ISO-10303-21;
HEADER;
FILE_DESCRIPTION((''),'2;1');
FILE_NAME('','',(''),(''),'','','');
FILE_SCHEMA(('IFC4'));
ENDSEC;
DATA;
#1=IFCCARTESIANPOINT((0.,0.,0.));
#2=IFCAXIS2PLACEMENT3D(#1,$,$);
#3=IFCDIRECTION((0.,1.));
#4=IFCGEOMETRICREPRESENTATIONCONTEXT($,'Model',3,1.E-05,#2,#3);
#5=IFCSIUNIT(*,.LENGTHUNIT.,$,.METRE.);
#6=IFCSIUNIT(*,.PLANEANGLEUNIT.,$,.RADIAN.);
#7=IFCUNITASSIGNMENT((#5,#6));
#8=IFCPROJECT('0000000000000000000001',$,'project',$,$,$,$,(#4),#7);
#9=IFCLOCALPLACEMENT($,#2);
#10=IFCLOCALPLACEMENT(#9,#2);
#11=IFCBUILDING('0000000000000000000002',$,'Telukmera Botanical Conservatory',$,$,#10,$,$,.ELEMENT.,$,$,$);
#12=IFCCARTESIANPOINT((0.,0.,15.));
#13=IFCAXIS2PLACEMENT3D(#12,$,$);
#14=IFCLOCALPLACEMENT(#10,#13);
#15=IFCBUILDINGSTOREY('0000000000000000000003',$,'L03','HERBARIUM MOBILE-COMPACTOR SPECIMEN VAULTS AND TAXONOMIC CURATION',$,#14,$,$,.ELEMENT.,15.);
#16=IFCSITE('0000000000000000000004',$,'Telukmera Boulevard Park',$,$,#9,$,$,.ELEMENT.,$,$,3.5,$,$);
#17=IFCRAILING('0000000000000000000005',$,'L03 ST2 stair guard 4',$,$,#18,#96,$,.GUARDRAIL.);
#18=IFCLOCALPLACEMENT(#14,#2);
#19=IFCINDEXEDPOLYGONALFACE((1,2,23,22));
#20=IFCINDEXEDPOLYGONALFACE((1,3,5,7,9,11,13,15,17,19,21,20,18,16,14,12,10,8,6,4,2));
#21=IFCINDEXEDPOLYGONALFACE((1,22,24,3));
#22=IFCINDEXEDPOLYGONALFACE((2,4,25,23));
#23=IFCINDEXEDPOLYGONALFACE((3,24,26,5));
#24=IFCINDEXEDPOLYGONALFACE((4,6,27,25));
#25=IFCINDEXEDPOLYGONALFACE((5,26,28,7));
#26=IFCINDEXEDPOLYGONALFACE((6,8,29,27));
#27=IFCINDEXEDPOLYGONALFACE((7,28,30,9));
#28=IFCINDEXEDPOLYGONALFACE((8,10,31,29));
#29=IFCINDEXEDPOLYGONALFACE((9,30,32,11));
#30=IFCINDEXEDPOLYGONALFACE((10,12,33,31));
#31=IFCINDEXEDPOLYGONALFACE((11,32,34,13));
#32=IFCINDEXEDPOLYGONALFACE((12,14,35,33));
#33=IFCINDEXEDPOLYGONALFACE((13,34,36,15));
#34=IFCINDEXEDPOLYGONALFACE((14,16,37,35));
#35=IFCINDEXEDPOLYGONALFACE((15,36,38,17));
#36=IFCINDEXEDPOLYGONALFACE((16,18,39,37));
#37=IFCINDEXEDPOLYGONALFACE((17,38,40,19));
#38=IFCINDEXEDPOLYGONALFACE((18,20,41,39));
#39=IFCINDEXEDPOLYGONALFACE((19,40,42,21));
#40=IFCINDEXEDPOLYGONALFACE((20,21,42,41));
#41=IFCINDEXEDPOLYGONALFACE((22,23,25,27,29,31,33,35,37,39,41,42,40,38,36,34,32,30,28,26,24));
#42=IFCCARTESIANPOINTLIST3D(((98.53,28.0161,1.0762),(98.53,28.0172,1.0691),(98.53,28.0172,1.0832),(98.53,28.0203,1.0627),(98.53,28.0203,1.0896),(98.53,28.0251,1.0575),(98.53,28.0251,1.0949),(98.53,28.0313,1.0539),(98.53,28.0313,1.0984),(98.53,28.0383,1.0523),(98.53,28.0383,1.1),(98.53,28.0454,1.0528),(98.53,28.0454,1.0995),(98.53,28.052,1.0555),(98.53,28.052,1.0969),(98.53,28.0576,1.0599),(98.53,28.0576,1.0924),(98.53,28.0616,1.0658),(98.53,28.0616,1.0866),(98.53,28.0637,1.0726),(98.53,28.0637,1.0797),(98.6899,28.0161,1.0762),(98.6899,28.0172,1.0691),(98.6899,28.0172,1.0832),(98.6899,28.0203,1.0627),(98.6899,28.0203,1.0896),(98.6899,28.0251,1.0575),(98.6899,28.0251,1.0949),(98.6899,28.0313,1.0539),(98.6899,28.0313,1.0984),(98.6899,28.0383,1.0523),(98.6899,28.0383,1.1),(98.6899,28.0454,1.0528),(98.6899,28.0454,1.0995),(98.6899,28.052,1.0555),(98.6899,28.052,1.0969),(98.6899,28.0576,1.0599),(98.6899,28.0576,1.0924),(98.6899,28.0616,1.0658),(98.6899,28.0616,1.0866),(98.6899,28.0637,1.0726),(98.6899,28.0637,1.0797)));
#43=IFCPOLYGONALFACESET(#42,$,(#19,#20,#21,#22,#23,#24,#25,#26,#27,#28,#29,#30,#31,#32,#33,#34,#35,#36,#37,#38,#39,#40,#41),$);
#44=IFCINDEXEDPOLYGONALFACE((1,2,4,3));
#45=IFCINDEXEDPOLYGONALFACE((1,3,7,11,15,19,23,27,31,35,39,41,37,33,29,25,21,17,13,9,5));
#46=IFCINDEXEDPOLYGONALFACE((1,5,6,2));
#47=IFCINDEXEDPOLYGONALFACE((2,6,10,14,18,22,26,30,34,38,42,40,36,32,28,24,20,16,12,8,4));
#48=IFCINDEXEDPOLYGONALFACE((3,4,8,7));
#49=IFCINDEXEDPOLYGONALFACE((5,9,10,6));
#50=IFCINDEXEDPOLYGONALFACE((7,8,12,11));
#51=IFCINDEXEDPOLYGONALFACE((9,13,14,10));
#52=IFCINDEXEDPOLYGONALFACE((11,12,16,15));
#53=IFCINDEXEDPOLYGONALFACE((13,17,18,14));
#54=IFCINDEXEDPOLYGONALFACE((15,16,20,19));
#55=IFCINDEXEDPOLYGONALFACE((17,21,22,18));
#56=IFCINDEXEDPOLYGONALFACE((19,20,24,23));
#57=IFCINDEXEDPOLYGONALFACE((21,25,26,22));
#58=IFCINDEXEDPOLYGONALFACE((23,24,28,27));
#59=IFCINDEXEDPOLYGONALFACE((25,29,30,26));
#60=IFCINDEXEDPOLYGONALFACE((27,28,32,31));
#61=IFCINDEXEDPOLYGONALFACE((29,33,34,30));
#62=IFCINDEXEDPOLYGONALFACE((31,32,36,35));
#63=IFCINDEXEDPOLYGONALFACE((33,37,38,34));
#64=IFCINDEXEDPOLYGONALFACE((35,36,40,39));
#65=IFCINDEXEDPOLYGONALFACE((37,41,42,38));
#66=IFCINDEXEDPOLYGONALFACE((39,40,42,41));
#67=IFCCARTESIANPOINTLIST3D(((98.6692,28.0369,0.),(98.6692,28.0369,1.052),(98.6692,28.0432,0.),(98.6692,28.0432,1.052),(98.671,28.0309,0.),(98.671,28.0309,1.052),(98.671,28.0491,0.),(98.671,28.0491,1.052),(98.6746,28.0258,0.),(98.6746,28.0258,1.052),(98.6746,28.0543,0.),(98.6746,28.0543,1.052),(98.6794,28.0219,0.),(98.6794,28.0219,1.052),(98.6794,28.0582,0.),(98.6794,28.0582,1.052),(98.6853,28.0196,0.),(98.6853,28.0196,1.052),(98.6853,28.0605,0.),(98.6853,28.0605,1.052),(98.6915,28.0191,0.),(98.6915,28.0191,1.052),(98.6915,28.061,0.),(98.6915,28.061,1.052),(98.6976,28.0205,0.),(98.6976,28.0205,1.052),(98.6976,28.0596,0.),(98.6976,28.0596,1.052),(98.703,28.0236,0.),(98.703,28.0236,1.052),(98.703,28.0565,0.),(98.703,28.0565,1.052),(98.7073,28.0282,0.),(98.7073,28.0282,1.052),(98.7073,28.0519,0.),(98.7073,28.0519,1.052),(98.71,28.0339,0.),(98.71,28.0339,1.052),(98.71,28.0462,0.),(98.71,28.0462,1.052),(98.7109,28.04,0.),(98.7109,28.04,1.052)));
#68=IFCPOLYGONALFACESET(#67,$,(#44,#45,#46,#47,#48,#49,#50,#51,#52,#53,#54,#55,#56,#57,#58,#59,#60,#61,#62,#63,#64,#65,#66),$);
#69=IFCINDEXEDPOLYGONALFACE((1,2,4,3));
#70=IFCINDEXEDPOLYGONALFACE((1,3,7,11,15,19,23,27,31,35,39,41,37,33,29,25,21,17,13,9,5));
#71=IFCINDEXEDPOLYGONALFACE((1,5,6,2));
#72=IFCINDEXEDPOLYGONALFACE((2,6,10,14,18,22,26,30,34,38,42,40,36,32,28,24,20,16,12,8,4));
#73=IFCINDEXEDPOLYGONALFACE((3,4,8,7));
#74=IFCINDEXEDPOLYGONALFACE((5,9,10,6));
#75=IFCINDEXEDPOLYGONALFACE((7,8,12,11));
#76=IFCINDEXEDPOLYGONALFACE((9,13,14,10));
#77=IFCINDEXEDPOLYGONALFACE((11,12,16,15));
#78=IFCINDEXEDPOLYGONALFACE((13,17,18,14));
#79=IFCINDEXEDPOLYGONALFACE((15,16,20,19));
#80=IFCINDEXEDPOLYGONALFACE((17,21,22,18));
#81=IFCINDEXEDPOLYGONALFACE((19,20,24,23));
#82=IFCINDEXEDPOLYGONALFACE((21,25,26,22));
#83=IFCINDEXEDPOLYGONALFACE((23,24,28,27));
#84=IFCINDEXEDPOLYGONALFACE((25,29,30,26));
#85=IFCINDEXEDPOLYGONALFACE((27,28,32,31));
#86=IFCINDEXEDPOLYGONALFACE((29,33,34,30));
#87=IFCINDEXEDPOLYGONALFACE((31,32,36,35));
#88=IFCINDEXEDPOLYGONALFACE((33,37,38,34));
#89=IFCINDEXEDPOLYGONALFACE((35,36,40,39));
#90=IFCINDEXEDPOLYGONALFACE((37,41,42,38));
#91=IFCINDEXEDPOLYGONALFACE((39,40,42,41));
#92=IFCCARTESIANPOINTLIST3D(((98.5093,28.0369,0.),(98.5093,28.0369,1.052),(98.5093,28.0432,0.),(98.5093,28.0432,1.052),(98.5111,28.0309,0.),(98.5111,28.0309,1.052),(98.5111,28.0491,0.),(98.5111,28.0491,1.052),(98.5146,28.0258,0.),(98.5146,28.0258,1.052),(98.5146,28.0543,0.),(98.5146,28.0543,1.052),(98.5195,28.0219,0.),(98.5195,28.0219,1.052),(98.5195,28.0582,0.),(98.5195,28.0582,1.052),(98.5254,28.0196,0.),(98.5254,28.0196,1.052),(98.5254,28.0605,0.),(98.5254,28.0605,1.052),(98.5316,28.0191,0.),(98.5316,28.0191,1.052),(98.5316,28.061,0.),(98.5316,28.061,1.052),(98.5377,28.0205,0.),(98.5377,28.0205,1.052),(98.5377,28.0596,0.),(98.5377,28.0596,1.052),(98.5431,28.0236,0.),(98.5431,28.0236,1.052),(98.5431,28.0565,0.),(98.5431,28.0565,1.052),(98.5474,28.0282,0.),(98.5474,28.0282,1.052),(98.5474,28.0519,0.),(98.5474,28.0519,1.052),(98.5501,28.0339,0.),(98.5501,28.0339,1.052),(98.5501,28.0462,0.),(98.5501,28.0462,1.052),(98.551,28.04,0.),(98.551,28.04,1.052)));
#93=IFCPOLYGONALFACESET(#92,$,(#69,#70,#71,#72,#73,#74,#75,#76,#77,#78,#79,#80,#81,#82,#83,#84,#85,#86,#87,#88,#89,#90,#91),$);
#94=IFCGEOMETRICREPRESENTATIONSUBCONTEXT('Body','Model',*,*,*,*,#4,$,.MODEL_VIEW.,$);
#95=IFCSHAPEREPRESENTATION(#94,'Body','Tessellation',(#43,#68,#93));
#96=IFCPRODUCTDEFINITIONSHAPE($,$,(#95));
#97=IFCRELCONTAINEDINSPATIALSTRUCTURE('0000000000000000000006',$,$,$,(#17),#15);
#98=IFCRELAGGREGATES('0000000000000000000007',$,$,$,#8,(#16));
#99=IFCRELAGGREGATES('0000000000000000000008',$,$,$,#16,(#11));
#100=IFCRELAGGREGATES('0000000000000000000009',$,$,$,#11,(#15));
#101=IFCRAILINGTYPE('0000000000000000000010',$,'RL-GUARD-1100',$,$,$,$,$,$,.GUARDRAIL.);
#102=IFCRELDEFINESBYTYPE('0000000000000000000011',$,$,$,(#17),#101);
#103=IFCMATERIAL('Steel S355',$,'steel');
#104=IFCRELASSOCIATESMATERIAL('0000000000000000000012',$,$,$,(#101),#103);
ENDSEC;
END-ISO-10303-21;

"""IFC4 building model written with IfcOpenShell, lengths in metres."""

from ifc_helpers import new_model, si_unit, direction, frame, origin, origin_2d, place, context, subcontext, project, spatial, circle, extrude, material, type_object, element, save


model = new_model("IFC4")

# Units and contexts
model_context = context("Model", 3, precision=1e-05, world=origin(), true_north=direction((0.0, 1.0)))
body_context = subcontext(model_context, "Body", "Model", "MODEL_VIEW")
ifc_project = project(units=[si_unit("LENGTHUNIT", "METRE"), si_unit("PLANEANGLEUNIT", "RADIAN")], contexts=[model_context])

# Site, building, storey
site_placement = place(None, origin())
site = spatial("IfcSite", under=ifc_project, at=site_placement, Name="Telukmera Boulevard Park", CompositionType="ELEMENT", RefElevation=3.5)
building_placement = place(site_placement, origin())
building = spatial("IfcBuilding", under=site, at=building_placement, Name="Telukmera Botanical Conservatory", CompositionType="ELEMENT")
storey_placement = place(building_placement, frame((0.0, 0.0, 15.0)))
storey = spatial("IfcBuildingStorey", under=building, at=storey_placement, Name="L03", Description="HERBARIUM MOBILE-COMPACTOR SPECIMEN VAULTS AND TAXONOMIC CURATION", CompositionType="ELEMENT", Elevation=15.0)

# Railing
ifc_material_1 = material(Name="Steel S355", Category="steel")
railing_type_1 = type_object("IfcRailingType", Name="RL-GUARD-1100", PredefinedType="GUARDRAIL", material=ifc_material_1)
railing_1_placement = place(storey_placement, frame((98.6899, 28.04, 0.0)))
element("IfcRailing", 1, at=railing_1_placement, inside=storey, type_object=railing_type_1, Name="L03 ST2 stair guard 4", PredefinedType="GUARDRAIL", context=body_context, shape_type="SweptSolid", body=[
    extrude(circle(Radius=0.0239, at=origin_2d()), frame((0.0, 0.0, 1.0762), z_axis=(-1.0, 0.0, 0.0), x_axis=(0.0, -1.0, 0.0)), (0.0, 0.0, 1.0), 0.1599),
    extrude(circle(Radius=0.021, at=origin_2d()), origin(), (0.0, 0.0, 1.0), 1.052),
    extrude(circle(Radius=0.021, at=origin_2d()), frame((-0.1599, 0.0, 0.0)), (0.0, 0.0, 1.0), 1.052),
])

save(model, "model.ifc")
